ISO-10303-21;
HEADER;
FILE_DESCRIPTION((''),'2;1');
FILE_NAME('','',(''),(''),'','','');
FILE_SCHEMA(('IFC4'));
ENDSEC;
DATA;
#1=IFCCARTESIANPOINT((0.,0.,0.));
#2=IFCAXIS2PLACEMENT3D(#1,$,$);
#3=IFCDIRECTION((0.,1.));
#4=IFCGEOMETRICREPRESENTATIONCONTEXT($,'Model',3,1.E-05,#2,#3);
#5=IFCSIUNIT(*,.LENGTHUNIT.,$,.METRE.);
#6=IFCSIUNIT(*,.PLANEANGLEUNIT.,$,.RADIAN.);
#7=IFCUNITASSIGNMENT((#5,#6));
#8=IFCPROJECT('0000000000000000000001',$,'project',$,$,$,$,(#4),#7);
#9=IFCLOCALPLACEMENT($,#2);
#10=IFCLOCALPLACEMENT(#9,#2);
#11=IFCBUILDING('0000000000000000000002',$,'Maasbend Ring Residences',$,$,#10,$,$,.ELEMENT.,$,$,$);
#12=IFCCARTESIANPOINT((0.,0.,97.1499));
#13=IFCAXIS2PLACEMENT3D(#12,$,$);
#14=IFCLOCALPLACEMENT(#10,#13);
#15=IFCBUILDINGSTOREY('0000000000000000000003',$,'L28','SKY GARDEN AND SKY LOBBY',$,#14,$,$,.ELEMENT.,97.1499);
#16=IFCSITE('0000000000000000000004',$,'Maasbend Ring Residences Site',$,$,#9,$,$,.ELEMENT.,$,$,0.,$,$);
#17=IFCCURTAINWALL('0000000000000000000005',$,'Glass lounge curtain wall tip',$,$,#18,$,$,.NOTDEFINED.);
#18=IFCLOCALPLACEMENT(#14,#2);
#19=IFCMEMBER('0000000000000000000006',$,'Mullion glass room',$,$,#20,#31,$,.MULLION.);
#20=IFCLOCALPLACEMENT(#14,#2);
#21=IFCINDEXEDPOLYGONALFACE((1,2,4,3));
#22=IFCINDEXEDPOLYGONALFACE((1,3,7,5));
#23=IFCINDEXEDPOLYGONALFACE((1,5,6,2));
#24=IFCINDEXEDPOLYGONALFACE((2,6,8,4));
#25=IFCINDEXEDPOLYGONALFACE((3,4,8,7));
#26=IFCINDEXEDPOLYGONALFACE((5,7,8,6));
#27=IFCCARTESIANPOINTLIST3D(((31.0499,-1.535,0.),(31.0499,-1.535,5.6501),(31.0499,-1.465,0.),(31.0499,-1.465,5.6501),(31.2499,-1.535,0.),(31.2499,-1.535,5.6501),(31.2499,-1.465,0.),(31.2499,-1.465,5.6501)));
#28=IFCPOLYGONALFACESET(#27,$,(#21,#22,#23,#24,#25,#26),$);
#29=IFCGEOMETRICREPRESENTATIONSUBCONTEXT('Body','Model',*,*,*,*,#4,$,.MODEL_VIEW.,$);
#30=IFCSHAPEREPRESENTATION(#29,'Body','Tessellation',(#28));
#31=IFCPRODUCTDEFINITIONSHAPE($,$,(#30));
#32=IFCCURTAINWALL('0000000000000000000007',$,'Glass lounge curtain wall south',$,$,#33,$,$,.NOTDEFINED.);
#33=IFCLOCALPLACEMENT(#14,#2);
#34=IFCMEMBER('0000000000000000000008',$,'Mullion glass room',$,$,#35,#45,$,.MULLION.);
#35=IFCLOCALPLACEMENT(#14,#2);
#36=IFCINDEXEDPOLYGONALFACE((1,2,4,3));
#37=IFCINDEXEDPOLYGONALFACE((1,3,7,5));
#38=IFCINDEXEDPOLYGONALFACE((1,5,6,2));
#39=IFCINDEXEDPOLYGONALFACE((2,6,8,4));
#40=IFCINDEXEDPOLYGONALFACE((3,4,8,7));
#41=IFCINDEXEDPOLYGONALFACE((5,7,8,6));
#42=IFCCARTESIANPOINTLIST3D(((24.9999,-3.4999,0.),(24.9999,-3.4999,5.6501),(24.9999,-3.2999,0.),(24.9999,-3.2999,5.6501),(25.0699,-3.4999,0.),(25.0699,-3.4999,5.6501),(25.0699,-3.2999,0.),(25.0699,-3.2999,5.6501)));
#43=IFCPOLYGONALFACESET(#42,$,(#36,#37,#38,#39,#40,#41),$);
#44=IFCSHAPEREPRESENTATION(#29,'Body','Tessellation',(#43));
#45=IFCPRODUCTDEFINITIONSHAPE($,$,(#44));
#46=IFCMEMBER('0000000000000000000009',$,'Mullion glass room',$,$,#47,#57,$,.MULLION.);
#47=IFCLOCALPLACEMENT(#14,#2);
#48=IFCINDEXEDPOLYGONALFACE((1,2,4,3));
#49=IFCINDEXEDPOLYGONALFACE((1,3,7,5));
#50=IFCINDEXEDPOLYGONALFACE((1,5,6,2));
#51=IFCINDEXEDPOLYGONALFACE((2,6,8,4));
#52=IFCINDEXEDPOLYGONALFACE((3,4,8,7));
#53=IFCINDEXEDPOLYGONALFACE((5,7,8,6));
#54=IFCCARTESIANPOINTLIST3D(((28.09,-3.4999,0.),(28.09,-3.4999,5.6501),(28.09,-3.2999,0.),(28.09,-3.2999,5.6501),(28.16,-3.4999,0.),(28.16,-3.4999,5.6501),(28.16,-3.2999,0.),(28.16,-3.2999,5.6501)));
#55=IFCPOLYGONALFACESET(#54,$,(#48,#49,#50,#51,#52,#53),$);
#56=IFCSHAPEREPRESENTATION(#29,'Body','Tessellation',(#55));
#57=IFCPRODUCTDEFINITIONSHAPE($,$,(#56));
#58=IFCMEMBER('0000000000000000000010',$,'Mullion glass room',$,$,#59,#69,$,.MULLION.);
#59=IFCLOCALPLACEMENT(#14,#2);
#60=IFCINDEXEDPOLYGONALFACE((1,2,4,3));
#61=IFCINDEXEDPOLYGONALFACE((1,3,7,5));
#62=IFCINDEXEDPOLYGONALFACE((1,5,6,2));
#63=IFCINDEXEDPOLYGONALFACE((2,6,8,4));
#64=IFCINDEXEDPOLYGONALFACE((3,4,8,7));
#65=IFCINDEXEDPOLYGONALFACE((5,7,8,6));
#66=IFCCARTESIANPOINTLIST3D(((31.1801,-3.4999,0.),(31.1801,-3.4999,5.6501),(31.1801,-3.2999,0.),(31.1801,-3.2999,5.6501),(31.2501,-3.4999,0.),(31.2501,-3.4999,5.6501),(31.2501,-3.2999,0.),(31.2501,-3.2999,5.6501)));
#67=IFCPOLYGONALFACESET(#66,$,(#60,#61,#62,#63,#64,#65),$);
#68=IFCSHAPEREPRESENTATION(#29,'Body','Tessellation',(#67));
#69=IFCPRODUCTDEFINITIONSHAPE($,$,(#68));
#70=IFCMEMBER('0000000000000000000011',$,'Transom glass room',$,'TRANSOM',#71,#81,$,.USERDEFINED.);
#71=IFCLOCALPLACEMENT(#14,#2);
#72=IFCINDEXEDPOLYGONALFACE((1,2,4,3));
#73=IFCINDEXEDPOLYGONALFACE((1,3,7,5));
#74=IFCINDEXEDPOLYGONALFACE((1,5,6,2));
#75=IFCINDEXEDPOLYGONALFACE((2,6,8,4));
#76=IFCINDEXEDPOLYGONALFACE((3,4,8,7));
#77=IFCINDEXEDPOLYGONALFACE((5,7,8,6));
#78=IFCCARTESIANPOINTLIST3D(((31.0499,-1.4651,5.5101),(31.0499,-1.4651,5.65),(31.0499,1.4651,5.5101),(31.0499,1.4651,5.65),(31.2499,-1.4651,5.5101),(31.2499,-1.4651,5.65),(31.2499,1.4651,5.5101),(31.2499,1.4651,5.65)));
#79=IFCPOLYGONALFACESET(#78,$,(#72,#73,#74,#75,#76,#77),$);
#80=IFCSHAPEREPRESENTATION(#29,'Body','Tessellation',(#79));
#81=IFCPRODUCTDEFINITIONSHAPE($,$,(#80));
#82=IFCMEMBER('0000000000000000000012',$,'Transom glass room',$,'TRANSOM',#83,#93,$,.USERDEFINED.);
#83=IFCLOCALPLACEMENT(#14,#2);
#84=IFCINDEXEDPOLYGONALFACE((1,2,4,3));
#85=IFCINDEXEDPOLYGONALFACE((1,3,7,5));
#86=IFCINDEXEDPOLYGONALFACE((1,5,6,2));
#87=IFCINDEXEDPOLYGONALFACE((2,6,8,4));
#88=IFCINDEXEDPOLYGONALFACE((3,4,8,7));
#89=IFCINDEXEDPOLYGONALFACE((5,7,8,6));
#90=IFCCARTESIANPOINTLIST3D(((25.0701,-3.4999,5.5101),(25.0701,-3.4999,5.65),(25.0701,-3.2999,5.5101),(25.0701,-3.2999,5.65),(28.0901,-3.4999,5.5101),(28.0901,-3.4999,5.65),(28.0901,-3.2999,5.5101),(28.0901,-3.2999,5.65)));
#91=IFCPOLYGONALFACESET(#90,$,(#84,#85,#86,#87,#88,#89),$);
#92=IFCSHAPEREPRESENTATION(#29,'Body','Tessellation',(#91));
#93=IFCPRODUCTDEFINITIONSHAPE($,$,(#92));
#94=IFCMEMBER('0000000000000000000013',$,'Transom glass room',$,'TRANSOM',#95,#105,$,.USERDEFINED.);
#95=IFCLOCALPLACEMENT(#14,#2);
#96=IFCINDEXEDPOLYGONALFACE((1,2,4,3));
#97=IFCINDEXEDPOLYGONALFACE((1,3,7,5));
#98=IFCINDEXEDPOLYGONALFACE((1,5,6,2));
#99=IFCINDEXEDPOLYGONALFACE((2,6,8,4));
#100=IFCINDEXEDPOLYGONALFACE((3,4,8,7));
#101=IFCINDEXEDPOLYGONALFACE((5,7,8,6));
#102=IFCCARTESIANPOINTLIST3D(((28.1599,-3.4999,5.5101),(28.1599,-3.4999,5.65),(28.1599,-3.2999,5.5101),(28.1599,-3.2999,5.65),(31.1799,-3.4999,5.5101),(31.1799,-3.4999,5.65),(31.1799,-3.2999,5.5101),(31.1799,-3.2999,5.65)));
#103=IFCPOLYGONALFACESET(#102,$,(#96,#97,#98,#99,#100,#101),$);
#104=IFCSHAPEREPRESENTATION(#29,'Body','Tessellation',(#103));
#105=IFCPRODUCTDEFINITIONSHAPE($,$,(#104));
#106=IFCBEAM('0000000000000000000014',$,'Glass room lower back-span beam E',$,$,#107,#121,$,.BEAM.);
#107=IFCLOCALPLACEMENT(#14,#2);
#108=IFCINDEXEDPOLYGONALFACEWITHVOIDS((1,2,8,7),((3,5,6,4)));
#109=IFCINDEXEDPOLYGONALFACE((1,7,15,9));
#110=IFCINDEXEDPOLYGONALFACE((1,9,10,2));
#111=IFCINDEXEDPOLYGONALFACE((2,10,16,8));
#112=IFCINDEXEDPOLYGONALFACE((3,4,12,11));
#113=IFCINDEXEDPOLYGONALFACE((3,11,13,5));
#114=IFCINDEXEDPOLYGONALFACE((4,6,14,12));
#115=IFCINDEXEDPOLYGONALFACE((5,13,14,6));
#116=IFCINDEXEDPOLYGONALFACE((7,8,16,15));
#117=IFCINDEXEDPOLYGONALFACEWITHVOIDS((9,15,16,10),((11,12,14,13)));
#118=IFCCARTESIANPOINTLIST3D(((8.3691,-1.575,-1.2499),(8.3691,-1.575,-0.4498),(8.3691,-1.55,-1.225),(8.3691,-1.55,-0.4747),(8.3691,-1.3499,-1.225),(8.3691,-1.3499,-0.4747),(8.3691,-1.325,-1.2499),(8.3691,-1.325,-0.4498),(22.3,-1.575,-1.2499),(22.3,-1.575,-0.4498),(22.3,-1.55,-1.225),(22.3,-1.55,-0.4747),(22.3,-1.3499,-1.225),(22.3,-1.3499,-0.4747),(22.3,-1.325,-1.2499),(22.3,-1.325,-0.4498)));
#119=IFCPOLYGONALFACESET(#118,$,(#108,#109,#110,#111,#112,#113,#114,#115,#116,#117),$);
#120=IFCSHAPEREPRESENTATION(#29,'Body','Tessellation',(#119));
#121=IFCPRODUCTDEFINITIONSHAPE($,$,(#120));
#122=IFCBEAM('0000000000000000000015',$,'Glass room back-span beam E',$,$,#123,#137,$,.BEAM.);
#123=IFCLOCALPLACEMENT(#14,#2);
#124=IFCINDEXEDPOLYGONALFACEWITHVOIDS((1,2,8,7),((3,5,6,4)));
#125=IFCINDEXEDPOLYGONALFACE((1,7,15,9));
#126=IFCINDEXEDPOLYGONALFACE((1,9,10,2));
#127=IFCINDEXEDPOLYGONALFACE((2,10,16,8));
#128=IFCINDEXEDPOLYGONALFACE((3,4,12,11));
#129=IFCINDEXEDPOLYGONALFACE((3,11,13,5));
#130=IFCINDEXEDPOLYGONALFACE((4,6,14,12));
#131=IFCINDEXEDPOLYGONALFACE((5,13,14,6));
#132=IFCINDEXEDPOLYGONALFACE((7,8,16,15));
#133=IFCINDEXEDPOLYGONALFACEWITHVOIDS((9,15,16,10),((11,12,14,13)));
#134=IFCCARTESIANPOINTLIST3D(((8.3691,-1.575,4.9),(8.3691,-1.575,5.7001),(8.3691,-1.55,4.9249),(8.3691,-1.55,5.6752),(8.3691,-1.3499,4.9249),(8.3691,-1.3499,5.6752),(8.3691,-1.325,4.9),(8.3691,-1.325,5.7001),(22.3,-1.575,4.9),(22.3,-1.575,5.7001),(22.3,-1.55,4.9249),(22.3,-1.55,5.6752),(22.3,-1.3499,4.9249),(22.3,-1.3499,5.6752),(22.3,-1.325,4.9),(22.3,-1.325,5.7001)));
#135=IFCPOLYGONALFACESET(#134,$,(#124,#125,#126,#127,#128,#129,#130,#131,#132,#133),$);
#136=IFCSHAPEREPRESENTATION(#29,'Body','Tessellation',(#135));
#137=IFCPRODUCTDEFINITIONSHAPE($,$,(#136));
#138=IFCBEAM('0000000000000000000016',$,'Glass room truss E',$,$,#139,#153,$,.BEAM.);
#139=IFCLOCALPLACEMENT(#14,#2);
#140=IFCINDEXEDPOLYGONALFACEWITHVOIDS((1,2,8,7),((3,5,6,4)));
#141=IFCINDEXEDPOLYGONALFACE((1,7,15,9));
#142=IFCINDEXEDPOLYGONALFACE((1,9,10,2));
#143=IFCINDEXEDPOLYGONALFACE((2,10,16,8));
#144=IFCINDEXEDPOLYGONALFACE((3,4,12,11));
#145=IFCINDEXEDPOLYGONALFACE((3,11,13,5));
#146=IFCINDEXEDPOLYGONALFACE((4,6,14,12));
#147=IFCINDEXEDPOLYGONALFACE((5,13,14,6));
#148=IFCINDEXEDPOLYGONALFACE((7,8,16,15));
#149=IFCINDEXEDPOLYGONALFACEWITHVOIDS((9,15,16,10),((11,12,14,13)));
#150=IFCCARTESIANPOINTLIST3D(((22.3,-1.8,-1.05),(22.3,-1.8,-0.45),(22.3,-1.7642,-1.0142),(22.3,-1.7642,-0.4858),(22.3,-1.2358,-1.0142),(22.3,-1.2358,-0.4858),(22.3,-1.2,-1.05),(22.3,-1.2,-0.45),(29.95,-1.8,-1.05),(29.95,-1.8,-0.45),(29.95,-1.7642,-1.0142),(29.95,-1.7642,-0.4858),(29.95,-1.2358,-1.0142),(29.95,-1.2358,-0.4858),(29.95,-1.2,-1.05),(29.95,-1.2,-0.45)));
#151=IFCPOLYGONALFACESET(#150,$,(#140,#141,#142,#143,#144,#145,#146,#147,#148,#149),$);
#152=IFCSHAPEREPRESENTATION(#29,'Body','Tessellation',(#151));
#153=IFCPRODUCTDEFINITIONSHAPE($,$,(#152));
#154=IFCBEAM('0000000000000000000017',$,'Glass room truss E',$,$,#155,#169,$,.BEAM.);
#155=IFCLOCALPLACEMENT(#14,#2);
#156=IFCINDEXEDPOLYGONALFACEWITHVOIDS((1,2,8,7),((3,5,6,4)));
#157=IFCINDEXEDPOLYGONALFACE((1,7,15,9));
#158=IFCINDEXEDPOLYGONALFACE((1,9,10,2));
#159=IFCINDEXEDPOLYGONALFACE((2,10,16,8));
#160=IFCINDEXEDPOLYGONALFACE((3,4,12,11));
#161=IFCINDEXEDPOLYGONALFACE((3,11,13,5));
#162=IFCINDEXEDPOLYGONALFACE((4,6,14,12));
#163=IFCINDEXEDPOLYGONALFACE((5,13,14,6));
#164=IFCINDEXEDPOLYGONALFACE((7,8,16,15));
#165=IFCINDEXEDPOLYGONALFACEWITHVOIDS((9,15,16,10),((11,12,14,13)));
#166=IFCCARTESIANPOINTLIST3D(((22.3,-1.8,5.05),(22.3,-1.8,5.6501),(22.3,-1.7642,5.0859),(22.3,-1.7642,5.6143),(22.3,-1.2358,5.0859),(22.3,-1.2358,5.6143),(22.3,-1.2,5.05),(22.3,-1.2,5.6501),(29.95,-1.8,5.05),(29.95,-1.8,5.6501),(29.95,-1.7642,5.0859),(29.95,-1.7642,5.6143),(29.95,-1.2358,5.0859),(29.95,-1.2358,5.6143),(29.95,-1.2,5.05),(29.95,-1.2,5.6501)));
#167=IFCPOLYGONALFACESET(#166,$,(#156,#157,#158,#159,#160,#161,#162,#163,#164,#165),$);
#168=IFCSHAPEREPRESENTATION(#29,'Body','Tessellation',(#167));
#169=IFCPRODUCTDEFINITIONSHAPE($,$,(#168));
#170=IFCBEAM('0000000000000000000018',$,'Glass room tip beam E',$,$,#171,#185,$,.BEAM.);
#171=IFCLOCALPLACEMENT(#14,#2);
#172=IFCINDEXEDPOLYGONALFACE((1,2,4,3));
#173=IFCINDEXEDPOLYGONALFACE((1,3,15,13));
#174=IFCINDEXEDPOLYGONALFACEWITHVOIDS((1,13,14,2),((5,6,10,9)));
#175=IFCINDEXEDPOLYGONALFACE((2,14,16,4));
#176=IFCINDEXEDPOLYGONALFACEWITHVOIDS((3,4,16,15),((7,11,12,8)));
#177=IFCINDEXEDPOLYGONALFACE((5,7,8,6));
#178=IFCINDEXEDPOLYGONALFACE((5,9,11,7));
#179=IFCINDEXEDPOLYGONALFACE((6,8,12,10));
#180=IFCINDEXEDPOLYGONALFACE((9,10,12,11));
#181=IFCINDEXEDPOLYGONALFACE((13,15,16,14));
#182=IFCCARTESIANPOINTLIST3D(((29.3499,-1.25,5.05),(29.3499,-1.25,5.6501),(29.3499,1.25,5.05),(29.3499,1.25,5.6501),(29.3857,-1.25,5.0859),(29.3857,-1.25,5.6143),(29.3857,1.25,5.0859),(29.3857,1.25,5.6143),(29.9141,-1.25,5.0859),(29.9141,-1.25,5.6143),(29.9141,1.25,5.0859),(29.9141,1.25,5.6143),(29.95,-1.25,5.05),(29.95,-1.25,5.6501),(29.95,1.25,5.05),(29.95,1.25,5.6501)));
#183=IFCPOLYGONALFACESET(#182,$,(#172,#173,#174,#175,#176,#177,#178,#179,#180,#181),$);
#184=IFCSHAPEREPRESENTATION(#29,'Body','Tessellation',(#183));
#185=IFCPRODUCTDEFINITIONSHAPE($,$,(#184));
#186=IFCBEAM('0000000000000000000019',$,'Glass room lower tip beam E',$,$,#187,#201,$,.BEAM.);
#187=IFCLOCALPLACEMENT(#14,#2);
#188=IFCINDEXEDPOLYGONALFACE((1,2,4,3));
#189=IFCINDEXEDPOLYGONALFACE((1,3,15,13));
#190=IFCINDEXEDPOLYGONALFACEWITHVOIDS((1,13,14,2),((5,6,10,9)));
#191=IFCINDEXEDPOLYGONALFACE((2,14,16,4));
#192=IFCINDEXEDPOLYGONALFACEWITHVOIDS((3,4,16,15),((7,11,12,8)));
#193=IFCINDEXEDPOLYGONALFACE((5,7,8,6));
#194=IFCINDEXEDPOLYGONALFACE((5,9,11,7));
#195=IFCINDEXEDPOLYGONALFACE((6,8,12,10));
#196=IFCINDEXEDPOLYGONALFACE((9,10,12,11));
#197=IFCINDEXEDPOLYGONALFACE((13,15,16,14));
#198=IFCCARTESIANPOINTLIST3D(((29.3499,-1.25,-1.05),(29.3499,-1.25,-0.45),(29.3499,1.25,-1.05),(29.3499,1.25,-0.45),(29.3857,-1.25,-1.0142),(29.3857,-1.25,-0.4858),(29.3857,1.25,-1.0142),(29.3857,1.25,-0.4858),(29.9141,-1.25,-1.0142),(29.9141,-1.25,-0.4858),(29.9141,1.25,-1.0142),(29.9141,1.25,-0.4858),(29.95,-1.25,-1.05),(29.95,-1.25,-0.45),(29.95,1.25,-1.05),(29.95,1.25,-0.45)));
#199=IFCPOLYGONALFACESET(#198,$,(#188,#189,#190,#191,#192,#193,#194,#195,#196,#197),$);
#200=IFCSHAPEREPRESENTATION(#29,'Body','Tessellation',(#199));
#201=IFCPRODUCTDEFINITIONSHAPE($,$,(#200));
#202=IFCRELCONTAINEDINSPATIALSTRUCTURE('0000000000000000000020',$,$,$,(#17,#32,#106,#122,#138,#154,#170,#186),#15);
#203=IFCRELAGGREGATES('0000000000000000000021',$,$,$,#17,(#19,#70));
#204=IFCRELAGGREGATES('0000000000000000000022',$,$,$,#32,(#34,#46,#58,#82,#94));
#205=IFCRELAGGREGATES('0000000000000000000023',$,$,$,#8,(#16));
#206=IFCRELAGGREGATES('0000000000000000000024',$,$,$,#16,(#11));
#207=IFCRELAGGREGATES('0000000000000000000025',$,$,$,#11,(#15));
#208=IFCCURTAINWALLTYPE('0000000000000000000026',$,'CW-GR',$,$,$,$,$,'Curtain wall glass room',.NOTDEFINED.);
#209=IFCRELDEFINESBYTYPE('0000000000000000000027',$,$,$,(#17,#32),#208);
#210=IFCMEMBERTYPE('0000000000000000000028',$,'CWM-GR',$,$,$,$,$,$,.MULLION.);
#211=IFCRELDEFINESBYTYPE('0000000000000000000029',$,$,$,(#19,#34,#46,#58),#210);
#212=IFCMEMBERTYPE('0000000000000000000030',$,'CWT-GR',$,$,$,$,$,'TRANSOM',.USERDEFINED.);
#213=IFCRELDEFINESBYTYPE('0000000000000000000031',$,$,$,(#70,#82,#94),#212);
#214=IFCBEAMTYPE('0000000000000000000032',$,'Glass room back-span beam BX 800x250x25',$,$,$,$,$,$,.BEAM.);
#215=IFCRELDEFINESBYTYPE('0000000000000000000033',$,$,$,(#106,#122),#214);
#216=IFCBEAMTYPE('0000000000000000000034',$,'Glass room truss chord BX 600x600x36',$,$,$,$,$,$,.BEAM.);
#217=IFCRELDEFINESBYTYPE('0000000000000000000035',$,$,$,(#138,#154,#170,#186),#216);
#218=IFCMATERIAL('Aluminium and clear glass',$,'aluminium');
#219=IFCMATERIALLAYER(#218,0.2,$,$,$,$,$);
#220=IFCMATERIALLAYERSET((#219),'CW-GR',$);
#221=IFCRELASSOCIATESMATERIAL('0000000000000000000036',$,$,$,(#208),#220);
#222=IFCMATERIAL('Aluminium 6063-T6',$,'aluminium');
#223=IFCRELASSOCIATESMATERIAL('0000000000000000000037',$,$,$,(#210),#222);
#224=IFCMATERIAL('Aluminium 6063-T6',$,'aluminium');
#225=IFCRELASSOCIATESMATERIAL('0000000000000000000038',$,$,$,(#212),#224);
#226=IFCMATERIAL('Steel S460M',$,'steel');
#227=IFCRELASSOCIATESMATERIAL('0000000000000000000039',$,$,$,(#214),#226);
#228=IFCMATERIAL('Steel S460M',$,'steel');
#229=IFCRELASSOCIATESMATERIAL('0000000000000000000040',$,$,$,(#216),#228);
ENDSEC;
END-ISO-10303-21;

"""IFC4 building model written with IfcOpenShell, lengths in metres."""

from ifc_helpers import new_model, si_unit, direction, frame, origin, origin_2d, place, context, subcontext, project, spatial, rectangle, hollow_rectangle, extrude, material, layer, layer_set, material_profile, profile_set, type_object, element, aggregate, save


model = new_model("IFC4")

# Units and contexts
model_context = context("Model", 3, precision=1e-05, world=origin(), true_north=direction((0.0, 1.0)))
body_context = subcontext(model_context, "Body", "Model", "MODEL_VIEW")
ifc_project = project(units=[si_unit("LENGTHUNIT", "METRE"), si_unit("PLANEANGLEUNIT", "RADIAN")], contexts=[model_context])

# Site, building, storey
site_placement = place(None, origin())
site = spatial("IfcSite", under=ifc_project, at=site_placement, Name="Maasbend Ring Residences Site", CompositionType="ELEMENT", RefElevation=0.0)
building_placement = place(site_placement, origin())
building = spatial("IfcBuilding", under=site, at=building_placement, Name="Maasbend Ring Residences", CompositionType="ELEMENT")
storey_placement = place(building_placement, frame((0.0, 0.0, 97.1499)))
storey = spatial("IfcBuildingStorey", under=building, at=storey_placement, Name="L28", Description="SKY GARDEN AND SKY LOBBY", CompositionType="ELEMENT", Elevation=97.1499)

# Curtain wall, member
ifc_material_1 = material(Name="Aluminium and clear glass", Category="aluminium")
ifc_layer_1 = layer(ifc_material_1, 0.2)
ifc_layer_set_1 = layer_set([ifc_layer_1], Name="CW-GR")
curtain_wall_type = type_object("IfcCurtainWallType", Name="CW-GR", ElementType="Curtain wall glass room", PredefinedType="NOTDEFINED", material=ifc_layer_set_1)
curtain_wall_1_placement = place(storey_placement, origin())
curtain_wall_1 = element("IfcCurtainWall", 1, at=curtain_wall_1_placement, inside=storey, type_object=curtain_wall_type, Name="Glass lounge curtain wall tip", PredefinedType="NOTDEFINED")
ifc_material_2 = material(Name="Aluminium 6063-T6", Category="aluminium")
ifc_material_profile_1 = material_profile(ifc_material_2, rectangle(XDim=0.2, YDim=0.0701, at=origin_2d()), Name="AL 200x70")
ifc_profile_set_1 = profile_set([ifc_material_profile_1], Name="Aluminium 6063-T6")
member_type_1 = type_object("IfcMemberType", Name="CWM-GR", PredefinedType="MULLION", material=ifc_profile_set_1)
member_1_placement = place(storey_placement, frame((31.1499, -1.5, 0.0), z_axis=(0.0, 0.0, 1.0), x_axis=(-1.0, 0.0, 0.0)))
member_1 = element("IfcMember", 2, at=member_1_placement, type_object=member_type_1, Name="Mullion glass room", PredefinedType="MULLION", context=body_context, shape_type="SweptSolid", body=[
    extrude(rectangle(XDim=0.2, YDim=0.0701, at=origin_2d()), origin(), (0.0, 0.0, 1.0), 5.6501),
])

# Curtain wall, members
curtain_wall_2_placement = place(storey_placement, origin())
curtain_wall_2 = element("IfcCurtainWall", 3, at=curtain_wall_2_placement, inside=storey, type_object=curtain_wall_type, Name="Glass lounge curtain wall south", PredefinedType="NOTDEFINED")
member_2_placement = place(storey_placement, frame((25.0349, -3.3999, 0.0), z_axis=(0.0, 0.0, 1.0), x_axis=(0.0, 1.0, 0.0)))
member_2 = element("IfcMember", 4, at=member_2_placement, type_object=member_type_1, Name="Mullion glass room", PredefinedType="MULLION", context=body_context, shape_type="SweptSolid", body=[
    extrude(rectangle(XDim=0.2, YDim=0.0701, at=origin_2d()), origin(), (0.0, 0.0, 1.0), 5.6501),
])
member_3_placement = place(storey_placement, frame((28.125, -3.3999, 0.0), z_axis=(0.0, 0.0, 1.0), x_axis=(0.0, 1.0, 0.0)))
member_3 = element("IfcMember", 5, at=member_3_placement, type_object=member_type_1, Name="Mullion glass room", PredefinedType="MULLION", context=body_context, shape_type="SweptSolid", body=[
    extrude(rectangle(XDim=0.2, YDim=0.0701, at=origin_2d()), origin(), (0.0, 0.0, 1.0), 5.6501),
])
member_4_placement = place(storey_placement, frame((31.2151, -3.3999, 0.0), z_axis=(0.0, 0.0, 1.0), x_axis=(0.0, 1.0, 0.0)))
member_4 = element("IfcMember", 6, at=member_4_placement, type_object=member_type_1, Name="Mullion glass room", PredefinedType="MULLION", context=body_context, shape_type="SweptSolid", body=[
    extrude(rectangle(XDim=0.2, YDim=0.0701, at=origin_2d()), origin(), (0.0, 0.0, 1.0), 5.6501),
])

# Members
ifc_material_3 = material(Name="Aluminium 6063-T6", Category="aluminium")
ifc_material_profile_2 = material_profile(ifc_material_3, rectangle(XDim=0.2, YDim=0.1399, at=origin_2d()), Name="AL 200x140")
ifc_profile_set_2 = profile_set([ifc_material_profile_2], Name="Aluminium 6063-T6")
member_type_2 = type_object("IfcMemberType", Name="CWT-GR", ElementType="TRANSOM", PredefinedType="USERDEFINED", material=ifc_profile_set_2)
member_5_placement = place(storey_placement, frame((31.1499, -1.4651, 5.5801), z_axis=(0.0, 1.0, 0.0), x_axis=(-1.0, 0.0, 0.0)))
member_5 = element("IfcMember", 7, at=member_5_placement, type_object=member_type_2, Name="Transom glass room", ObjectType="TRANSOM", PredefinedType="USERDEFINED", context=body_context, shape_type="SweptSolid", body=[
    extrude(rectangle(XDim=0.2, YDim=0.1399, at=origin_2d()), origin(), (0.0, 0.0, 1.0), 2.9302),
])
member_6_placement = place(storey_placement, frame((25.0701, -3.3999, 5.5801), z_axis=(1.0, 0.0, 0.0), x_axis=(0.0, 1.0, 0.0)))
member_6 = element("IfcMember", 8, at=member_6_placement, type_object=member_type_2, Name="Transom glass room", ObjectType="TRANSOM", PredefinedType="USERDEFINED", context=body_context, shape_type="SweptSolid", body=[
    extrude(rectangle(XDim=0.2, YDim=0.1399, at=origin_2d()), origin(), (0.0, 0.0, 1.0), 3.02),
])
member_7_placement = place(storey_placement, frame((28.1599, -3.3999, 5.5801), z_axis=(1.0, 0.0, 0.0), x_axis=(0.0, 1.0, 0.0)))
member_7 = element("IfcMember", 9, at=member_7_placement, type_object=member_type_2, Name="Transom glass room", ObjectType="TRANSOM", PredefinedType="USERDEFINED", context=body_context, shape_type="SweptSolid", body=[
    extrude(rectangle(XDim=0.2, YDim=0.1399, at=origin_2d()), origin(), (0.0, 0.0, 1.0), 3.02),
])

# Beams
ifc_material_4 = material(Name="Steel S460M", Category="steel")
ifc_material_profile_3 = material_profile(ifc_material_4, hollow_rectangle(XDim=0.25, YDim=0.8, WallThickness=0.0249, at=origin_2d()), Name="Glass room back-span beam BX 800x250x25")
ifc_profile_set_3 = profile_set([ifc_material_profile_3], Name="Steel S460M")
beam_type_1 = type_object("IfcBeamType", Name="Glass room back-span beam BX 800x250x25", PredefinedType="BEAM", material=ifc_profile_set_3)
for number, where, z_axis, x_axis, name in (
    (10, (22.3, -1.45, -0.8499), (-1.0, 0.0, 0.0), (0.0, -1.0, 0.0), "Glass room lower back-span beam E"),
    (11, (22.3, -1.45, 5.3), (-1.0, 0.0, 0.0), (0.0, -1.0, 0.0), "Glass room back-span beam E"),
):
    element("IfcBeam", number, at=place(storey_placement, frame(where, z_axis=z_axis, x_axis=x_axis)), inside=storey, type_object=beam_type_1, Name=name, PredefinedType="BEAM", context=body_context, shape_type="SweptSolid", body=[
        extrude(hollow_rectangle(XDim=0.25, YDim=0.8, WallThickness=0.0249, at=origin_2d()), origin(), (0.0, 0.0, 1.0), 13.9309),
    ])
ifc_material_5 = material(Name="Steel S460M", Category="steel")
ifc_material_profile_4 = material_profile(ifc_material_5, hollow_rectangle(XDim=0.6001, YDim=0.6001, WallThickness=0.0359, at=origin_2d()), Name="Glass room truss chord BX 600x600x36")
ifc_profile_set_4 = profile_set([ifc_material_profile_4], Name="Steel S460M")
beam_type_2 = type_object("IfcBeamType", Name="Glass room truss chord BX 600x600x36", PredefinedType="BEAM", material=ifc_profile_set_4)
for number, where, z_axis, x_axis, name in (
    (12, (22.3, -1.5, -0.75), (1.0, 0.0, 0.0), (0.0, 1.0, 0.0), "Glass room truss E"),
    (13, (22.3, -1.5, 5.3501), (1.0, 0.0, 0.0), (0.0, 1.0, 0.0), "Glass room truss E"),
):
    element("IfcBeam", number, at=place(storey_placement, frame(where, z_axis=z_axis, x_axis=x_axis)), inside=storey, type_object=beam_type_2, Name=name, PredefinedType="BEAM", context=body_context, shape_type="SweptSolid", body=[
        extrude(hollow_rectangle(XDim=0.6001, YDim=0.6001, WallThickness=0.0359, at=origin_2d()), origin(), (0.0, 0.0, 1.0), 7.6499),
    ])
for number, where, z_axis, x_axis, name in (
    (14, (29.6499, -1.25, 5.3501), (0.0, 1.0, 0.0), (-1.0, 0.0, 0.0), "Glass room tip beam E"),
    (15, (29.6499, -1.25, -0.75), (0.0, 1.0, 0.0), (-1.0, 0.0, 0.0), "Glass room lower tip beam E"),
):
    element("IfcBeam", number, at=place(storey_placement, frame(where, z_axis=z_axis, x_axis=x_axis)), inside=storey, type_object=beam_type_2, Name=name, PredefinedType="BEAM", context=body_context, shape_type="SweptSolid", body=[
        extrude(hollow_rectangle(XDim=0.6001, YDim=0.6001, WallThickness=0.0359, at=origin_2d()), origin(), (0.0, 0.0, 1.0), 2.5),
    ])

aggregate(curtain_wall_1, [member_1, member_5])
aggregate(curtain_wall_2, [member_2, member_3, member_4, member_6, member_7])

save(model, "model.ifc")
